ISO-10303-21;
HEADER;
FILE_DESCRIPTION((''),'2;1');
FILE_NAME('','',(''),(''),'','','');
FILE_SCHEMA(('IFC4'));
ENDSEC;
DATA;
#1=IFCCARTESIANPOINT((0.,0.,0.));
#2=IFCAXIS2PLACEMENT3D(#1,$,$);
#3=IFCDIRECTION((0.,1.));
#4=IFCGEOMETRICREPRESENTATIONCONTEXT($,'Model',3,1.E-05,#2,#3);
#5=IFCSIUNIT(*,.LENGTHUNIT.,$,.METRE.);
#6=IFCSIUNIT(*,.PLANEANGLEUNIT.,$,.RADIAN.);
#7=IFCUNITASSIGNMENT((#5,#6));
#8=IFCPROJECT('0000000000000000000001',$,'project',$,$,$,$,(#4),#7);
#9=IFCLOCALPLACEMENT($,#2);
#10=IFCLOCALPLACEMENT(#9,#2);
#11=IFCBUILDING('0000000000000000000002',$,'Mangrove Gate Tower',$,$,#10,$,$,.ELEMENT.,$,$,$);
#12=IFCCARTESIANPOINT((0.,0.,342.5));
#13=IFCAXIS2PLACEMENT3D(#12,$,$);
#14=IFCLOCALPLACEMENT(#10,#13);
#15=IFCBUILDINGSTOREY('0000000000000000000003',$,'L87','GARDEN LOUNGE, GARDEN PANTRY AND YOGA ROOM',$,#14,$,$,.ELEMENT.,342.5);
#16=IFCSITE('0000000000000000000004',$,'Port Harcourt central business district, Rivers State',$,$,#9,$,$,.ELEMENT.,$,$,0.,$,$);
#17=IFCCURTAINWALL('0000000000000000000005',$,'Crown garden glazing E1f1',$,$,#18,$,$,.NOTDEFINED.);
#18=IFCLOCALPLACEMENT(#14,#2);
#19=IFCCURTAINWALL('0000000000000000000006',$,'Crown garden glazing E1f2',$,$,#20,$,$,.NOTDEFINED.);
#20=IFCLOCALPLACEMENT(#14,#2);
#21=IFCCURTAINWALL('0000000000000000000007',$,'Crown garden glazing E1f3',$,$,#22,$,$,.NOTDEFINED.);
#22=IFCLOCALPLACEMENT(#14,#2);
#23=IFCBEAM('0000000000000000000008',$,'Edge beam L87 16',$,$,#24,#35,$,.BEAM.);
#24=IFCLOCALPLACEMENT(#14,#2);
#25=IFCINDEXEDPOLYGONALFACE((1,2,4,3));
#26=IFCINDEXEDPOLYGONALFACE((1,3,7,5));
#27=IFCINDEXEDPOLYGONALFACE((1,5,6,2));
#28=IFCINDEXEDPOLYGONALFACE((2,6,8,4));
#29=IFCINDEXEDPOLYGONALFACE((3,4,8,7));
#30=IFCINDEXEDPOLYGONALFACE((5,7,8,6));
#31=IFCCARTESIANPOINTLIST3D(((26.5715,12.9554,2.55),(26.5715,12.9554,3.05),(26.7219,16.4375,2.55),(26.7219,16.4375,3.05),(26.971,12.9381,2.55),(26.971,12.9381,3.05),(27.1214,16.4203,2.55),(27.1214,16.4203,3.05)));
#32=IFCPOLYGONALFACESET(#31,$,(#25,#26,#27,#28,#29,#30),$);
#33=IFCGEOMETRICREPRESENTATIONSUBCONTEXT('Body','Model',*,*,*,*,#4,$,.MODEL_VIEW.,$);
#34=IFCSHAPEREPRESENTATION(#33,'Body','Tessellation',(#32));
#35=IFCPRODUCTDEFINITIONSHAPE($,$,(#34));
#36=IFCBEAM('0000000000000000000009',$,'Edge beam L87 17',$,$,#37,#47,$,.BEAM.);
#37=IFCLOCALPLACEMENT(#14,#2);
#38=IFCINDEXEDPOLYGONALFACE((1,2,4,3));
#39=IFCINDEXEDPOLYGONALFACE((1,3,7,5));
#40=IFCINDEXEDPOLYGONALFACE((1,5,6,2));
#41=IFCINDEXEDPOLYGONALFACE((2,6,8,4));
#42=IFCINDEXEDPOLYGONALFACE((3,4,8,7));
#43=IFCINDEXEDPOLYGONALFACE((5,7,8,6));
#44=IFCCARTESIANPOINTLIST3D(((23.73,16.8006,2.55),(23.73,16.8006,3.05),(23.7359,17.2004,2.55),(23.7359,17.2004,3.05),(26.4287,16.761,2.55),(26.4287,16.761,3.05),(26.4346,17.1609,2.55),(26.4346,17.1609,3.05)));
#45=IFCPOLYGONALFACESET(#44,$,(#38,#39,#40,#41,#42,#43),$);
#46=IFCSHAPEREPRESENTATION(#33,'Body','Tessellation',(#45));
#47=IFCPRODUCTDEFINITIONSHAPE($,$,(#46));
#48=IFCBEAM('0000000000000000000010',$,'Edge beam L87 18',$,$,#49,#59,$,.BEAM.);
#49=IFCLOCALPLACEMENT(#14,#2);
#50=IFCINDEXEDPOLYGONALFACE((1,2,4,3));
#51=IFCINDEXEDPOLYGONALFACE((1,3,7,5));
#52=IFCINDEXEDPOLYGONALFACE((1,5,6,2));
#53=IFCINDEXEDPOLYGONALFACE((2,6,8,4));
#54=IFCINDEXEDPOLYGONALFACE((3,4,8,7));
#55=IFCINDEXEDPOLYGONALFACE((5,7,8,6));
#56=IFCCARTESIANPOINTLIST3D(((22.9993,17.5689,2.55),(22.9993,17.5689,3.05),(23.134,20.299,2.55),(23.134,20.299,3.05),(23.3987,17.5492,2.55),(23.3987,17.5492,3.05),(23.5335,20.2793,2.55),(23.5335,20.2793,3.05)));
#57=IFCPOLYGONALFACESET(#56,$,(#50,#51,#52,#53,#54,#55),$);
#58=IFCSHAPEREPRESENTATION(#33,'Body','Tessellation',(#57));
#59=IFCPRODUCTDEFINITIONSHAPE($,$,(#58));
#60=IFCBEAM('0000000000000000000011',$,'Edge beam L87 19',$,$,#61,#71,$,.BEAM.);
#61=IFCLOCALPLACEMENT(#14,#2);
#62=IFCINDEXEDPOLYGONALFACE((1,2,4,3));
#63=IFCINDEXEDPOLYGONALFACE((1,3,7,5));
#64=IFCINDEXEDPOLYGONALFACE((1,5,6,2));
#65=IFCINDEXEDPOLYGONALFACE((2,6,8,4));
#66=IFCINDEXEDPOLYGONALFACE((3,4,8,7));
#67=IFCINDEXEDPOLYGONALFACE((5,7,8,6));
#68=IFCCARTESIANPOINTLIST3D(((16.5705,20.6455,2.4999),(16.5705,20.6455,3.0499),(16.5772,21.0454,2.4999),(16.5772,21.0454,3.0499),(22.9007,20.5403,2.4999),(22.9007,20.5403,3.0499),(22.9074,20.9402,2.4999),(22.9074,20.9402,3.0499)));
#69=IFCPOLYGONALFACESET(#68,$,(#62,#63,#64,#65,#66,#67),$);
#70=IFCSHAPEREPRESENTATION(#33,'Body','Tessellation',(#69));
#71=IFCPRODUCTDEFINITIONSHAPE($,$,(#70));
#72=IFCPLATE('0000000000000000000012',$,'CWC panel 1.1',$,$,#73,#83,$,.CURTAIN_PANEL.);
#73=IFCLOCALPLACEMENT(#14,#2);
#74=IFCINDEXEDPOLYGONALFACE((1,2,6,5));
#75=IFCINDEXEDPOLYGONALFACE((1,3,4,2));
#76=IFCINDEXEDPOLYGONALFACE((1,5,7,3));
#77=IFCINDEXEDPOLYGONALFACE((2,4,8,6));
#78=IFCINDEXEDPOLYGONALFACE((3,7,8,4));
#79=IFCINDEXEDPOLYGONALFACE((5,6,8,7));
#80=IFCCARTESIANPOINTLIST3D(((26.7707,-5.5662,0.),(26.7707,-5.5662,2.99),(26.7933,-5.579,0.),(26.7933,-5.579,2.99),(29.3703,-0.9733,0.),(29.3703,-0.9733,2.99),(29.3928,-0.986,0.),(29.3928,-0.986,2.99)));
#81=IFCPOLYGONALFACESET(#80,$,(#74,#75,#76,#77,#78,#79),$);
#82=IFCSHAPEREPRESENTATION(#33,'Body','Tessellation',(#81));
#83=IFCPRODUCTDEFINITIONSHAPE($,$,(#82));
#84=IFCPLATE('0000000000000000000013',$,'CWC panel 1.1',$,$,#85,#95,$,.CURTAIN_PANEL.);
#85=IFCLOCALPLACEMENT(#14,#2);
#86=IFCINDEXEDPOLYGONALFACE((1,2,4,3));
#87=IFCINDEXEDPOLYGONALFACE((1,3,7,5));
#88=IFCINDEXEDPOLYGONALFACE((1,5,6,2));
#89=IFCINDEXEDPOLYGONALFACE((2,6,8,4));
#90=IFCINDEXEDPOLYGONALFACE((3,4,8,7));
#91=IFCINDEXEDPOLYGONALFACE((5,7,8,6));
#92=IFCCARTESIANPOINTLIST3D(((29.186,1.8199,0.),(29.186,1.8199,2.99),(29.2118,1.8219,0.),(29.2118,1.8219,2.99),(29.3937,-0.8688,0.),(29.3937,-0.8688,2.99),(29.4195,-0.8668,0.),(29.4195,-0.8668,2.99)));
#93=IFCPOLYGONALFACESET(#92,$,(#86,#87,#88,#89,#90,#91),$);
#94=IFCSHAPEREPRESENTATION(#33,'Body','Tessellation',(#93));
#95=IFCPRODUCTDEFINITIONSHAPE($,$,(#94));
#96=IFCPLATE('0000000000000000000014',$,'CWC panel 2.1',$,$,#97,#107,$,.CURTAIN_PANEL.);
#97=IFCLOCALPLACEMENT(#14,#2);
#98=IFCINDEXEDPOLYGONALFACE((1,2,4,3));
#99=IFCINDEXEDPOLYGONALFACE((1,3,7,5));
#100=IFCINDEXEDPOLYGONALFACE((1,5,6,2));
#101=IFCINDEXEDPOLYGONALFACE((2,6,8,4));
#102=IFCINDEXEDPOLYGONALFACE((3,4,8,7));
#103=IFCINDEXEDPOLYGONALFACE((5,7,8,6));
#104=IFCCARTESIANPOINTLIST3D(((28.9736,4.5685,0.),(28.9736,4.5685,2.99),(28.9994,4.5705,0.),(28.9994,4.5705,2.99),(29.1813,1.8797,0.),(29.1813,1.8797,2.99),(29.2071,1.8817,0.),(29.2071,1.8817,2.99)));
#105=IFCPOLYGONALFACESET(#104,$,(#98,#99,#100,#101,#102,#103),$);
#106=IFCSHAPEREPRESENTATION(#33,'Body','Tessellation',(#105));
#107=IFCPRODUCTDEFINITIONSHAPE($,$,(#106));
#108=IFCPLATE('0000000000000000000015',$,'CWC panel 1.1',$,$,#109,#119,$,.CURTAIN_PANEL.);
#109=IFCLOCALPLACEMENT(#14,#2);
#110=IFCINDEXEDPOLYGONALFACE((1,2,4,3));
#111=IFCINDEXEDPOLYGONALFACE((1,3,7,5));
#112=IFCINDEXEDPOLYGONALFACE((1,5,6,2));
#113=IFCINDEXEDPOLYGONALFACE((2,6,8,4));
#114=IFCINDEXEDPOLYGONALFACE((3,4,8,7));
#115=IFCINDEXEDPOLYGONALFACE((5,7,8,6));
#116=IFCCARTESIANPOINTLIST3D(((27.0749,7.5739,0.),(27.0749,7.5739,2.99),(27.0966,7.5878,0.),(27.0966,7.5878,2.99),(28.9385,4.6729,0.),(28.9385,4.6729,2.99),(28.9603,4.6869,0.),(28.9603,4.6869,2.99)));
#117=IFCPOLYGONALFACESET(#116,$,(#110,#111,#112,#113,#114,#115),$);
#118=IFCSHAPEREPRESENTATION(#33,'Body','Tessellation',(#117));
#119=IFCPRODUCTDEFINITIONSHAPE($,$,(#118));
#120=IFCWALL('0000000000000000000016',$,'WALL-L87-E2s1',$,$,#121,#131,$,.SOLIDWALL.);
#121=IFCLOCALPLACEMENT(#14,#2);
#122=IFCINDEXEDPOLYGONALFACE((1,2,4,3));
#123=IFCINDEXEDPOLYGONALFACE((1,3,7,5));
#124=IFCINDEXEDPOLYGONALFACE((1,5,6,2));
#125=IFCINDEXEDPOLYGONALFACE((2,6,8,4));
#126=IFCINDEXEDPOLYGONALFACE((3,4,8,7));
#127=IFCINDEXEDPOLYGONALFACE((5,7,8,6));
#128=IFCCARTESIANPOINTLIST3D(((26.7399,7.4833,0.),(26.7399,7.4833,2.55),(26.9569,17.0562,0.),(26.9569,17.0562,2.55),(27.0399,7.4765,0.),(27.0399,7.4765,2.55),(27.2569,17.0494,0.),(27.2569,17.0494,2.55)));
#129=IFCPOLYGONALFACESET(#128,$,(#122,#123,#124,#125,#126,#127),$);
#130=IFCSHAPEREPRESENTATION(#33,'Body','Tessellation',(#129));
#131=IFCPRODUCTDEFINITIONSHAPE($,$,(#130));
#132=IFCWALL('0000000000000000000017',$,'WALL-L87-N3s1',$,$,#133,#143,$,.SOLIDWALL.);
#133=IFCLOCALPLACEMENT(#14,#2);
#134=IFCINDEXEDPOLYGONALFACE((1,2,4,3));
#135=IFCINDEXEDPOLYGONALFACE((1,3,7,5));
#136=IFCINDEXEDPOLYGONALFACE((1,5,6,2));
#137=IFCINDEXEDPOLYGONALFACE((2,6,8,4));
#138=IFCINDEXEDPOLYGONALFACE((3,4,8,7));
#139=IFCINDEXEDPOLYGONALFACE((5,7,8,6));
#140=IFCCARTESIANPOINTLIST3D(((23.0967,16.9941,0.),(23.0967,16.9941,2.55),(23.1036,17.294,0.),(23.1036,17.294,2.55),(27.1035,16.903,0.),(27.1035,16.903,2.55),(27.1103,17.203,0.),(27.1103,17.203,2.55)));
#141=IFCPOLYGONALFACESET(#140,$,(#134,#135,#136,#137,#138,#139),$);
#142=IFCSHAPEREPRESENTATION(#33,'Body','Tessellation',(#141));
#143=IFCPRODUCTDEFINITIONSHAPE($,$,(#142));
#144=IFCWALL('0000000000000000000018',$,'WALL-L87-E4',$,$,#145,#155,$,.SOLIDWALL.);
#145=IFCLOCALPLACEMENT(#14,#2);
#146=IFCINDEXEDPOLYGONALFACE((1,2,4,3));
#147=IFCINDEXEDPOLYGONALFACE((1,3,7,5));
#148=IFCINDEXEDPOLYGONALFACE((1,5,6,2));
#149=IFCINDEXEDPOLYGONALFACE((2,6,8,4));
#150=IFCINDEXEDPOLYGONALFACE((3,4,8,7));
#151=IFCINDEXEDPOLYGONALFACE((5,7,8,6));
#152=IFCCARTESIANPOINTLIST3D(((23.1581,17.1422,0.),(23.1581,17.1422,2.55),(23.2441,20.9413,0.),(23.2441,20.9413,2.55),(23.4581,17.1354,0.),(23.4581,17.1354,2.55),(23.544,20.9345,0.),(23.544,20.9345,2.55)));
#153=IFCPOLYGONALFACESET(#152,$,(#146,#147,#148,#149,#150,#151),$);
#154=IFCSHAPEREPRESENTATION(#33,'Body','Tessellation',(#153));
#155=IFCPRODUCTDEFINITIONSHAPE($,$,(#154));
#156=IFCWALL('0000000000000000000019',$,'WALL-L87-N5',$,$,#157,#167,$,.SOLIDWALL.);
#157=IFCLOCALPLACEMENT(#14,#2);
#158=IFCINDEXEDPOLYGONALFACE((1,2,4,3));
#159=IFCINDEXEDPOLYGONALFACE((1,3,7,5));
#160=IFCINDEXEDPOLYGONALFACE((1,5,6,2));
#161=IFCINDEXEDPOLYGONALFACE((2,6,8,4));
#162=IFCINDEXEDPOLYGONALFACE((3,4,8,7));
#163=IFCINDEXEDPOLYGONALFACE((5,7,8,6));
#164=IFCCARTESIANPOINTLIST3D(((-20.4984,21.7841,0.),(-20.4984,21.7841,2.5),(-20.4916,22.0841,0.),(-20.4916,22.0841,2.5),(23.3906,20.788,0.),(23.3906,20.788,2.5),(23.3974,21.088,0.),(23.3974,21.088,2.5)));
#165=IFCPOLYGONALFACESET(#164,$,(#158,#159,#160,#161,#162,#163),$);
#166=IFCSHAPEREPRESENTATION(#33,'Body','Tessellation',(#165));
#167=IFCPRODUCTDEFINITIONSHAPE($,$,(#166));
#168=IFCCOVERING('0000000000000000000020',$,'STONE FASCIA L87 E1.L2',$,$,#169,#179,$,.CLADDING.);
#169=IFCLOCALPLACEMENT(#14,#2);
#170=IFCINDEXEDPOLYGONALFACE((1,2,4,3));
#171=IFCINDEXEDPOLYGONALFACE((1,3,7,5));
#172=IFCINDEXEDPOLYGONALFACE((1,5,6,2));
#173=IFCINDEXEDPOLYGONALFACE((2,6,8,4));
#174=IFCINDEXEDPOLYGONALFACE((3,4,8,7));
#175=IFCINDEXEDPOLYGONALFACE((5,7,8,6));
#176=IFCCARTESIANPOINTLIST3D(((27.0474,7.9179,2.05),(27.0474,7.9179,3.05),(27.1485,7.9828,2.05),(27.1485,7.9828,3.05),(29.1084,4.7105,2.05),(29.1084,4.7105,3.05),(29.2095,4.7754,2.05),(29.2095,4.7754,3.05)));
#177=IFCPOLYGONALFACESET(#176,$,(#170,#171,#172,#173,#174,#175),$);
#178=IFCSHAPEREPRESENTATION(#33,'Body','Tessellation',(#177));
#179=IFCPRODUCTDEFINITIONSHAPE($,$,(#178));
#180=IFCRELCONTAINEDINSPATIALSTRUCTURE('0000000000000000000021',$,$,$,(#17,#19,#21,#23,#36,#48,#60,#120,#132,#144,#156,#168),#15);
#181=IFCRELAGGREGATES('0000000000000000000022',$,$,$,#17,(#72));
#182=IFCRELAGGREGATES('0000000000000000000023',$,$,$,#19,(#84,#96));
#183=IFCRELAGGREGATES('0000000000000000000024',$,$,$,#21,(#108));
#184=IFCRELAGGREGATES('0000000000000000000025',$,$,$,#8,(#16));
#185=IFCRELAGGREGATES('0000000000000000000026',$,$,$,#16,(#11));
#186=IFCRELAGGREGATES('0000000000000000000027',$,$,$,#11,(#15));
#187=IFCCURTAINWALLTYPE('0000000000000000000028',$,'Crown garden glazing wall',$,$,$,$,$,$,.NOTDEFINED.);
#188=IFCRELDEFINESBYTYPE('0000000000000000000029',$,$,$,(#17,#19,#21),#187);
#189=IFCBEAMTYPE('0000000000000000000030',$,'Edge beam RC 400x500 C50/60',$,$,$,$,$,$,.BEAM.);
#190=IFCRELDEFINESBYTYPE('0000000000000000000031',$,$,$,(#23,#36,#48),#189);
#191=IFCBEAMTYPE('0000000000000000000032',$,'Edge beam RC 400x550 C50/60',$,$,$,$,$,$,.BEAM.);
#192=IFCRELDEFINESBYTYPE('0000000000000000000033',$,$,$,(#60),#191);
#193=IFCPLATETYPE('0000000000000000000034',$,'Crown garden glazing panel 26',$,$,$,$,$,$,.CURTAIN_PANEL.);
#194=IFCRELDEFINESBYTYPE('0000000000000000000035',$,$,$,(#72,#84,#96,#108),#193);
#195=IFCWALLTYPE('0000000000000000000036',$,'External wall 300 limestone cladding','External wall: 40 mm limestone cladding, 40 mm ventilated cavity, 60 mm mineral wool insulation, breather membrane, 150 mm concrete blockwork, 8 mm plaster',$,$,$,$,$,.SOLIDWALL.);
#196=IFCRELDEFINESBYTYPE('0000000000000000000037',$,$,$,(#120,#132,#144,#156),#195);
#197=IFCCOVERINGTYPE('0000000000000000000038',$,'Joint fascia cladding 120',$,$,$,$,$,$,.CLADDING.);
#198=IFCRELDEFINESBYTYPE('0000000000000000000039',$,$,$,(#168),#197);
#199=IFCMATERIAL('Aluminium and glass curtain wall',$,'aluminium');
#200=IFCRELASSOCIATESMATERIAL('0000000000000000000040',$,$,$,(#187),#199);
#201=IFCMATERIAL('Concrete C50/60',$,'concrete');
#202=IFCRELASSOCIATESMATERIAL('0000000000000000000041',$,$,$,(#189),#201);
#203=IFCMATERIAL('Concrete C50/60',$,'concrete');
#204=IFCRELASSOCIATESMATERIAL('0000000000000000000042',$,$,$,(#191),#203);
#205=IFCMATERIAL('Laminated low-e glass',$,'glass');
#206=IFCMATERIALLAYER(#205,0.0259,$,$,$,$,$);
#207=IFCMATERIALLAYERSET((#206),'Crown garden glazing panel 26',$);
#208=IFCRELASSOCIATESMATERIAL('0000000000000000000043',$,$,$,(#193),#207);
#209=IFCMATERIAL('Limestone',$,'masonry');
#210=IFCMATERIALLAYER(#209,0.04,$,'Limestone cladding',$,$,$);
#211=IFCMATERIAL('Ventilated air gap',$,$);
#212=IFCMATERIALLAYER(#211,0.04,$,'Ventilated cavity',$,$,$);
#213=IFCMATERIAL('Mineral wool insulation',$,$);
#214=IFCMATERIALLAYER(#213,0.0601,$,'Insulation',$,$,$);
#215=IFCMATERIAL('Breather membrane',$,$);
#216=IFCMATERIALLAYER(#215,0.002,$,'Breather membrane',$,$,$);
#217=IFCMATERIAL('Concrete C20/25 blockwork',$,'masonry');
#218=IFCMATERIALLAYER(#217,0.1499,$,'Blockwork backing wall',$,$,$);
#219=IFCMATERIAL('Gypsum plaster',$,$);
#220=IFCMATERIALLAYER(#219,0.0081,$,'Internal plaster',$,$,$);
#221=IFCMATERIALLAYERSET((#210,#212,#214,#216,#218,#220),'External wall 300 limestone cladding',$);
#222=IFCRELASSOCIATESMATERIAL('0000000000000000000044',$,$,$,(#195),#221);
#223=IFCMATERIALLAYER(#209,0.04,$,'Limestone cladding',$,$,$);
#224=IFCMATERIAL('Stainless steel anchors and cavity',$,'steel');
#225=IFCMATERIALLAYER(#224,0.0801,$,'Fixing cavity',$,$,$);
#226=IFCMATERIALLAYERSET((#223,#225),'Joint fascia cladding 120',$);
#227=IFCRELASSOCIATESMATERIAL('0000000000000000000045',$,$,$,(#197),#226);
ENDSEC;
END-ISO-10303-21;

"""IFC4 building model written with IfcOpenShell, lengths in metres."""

from ifc_helpers import new_model, si_unit, direction, frame, frame_2d, origin, origin_2d, place, context, subcontext, project, spatial, rectangle, extrude, material, layer, layer_set, material_profile, profile_set, type_object, element, aggregate, save


model = new_model("IFC4")

# Units and contexts
model_context = context("Model", 3, precision=1e-05, world=origin(), true_north=direction((0.0, 1.0)))
body_context = subcontext(model_context, "Body", "Model", "MODEL_VIEW")
ifc_project = project(units=[si_unit("LENGTHUNIT", "METRE"), si_unit("PLANEANGLEUNIT", "RADIAN")], contexts=[model_context])

# Site, building, storey
site_placement = place(None, origin())
site = spatial("IfcSite", under=ifc_project, at=site_placement, Name="Port Harcourt central business district, Rivers State", CompositionType="ELEMENT", RefElevation=0.0)
building_placement = place(site_placement, origin())
building = spatial("IfcBuilding", under=site, at=building_placement, Name="Mangrove Gate Tower", CompositionType="ELEMENT")
storey_placement = place(building_placement, frame((0.0, 0.0, 342.5)))
storey = spatial("IfcBuildingStorey", under=building, at=storey_placement, Name="L87", Description="GARDEN LOUNGE, GARDEN PANTRY AND YOGA ROOM", CompositionType="ELEMENT", Elevation=342.5)

# Curtain wall
ifc_material_1 = material(Name="Aluminium and glass curtain wall", Category="aluminium")
curtain_wall_type = type_object("IfcCurtainWallType", Name="Crown garden glazing wall", PredefinedType="NOTDEFINED", material=ifc_material_1)
curtain_wall_1_placement = place(storey_placement, origin())
curtain_wall_1 = element("IfcCurtainWall", 1, at=curtain_wall_1_placement, inside=storey, type_object=curtain_wall_type, Name="Crown garden glazing E1f1", PredefinedType="NOTDEFINED")

# Curtain walls
curtain_wall_2_placement = place(storey_placement, origin())
curtain_wall_2 = element("IfcCurtainWall", 2, at=curtain_wall_2_placement, inside=storey, type_object=curtain_wall_type, Name="Crown garden glazing E1f2", PredefinedType="NOTDEFINED")
curtain_wall_3_placement = place(storey_placement, origin())
curtain_wall_3 = element("IfcCurtainWall", 3, at=curtain_wall_3_placement, inside=storey, type_object=curtain_wall_type, Name="Crown garden glazing E1f3", PredefinedType="NOTDEFINED")

# Beams
ifc_material_2 = material(Name="Concrete C50/60", Category="concrete")
ifc_material_profile_1 = material_profile(ifc_material_2, rectangle(XDim=0.3999, YDim=0.5, at=origin_2d()))
ifc_profile_set_1 = profile_set([ifc_material_profile_1], Name="Concrete C50/60")
beam_type_1 = type_object("IfcBeamType", Name="Edge beam RC 400x500 C50/60", PredefinedType="BEAM", material=ifc_profile_set_1)
beam_1_placement = place(storey_placement, frame((26.7712, 12.9468, 2.8), z_axis=(0.043148, 0.999069, 0.0), x_axis=(-0.999069, 0.043148, 0.0)))
element("IfcBeam", 4, at=beam_1_placement, inside=storey, type_object=beam_type_1, Name="Edge beam L87 16", PredefinedType="BEAM", context=body_context, shape_type="SweptSolid", body=[
    extrude(rectangle(XDim=0.3999, YDim=0.5, at=origin_2d()), origin(), (0.0, 0.0, 1.0), 3.4854),
])
beam_2_placement = place(storey_placement, frame((26.4316, 16.9609, 2.8), z_axis=(-0.999893, 0.014654, 0.0), x_axis=(-0.014654, -0.999893, 0.0)))
element("IfcBeam", 5, at=beam_2_placement, inside=storey, type_object=beam_type_1, Name="Edge beam L87 17", PredefinedType="BEAM", context=body_context, shape_type="SweptSolid", body=[
    extrude(rectangle(XDim=0.3999, YDim=0.5, at=origin_2d()), origin(), (0.0, 0.0, 1.0), 2.699),
])
beam_3_placement = place(storey_placement, frame((23.199, 17.5591, 2.8), z_axis=(0.049305, 0.998784, 0.0), x_axis=(-0.998784, 0.049305, 0.0)))
element("IfcBeam", 6, at=beam_3_placement, inside=storey, type_object=beam_type_1, Name="Edge beam L87 18", PredefinedType="BEAM", context=body_context, shape_type="SweptSolid", body=[
    extrude(rectangle(XDim=0.3999, YDim=0.5, at=origin_2d()), origin(), (0.0, 0.0, 1.0), 2.7334),
])
ifc_material_3 = material(Name="Concrete C50/60", Category="concrete")
ifc_material_profile_2 = material_profile(ifc_material_3, rectangle(XDim=0.3999, YDim=0.55, at=origin_2d()))
ifc_profile_set_2 = profile_set([ifc_material_profile_2], Name="Concrete C50/60")
beam_type_2 = type_object("IfcBeamType", Name="Edge beam RC 400x550 C50/60", PredefinedType="BEAM", material=ifc_profile_set_2)
beam_4_placement = place(storey_placement, frame((22.9041, 20.7402, 2.7749), z_axis=(-0.999862, 0.016621, 0.0), x_axis=(-0.016621, -0.999862, 0.0)))
element("IfcBeam", 7, at=beam_4_placement, inside=storey, type_object=beam_type_2, Name="Edge beam L87 19", PredefinedType="BEAM", context=body_context, shape_type="SweptSolid", body=[
    extrude(rectangle(XDim=0.3999, YDim=0.55, at=origin_2d()), origin(), (0.0, 0.0, 1.0), 6.3311),
])

# Plates
ifc_material_4 = material(Name="Laminated low-e glass", Category="glass")
ifc_layer_1 = layer(ifc_material_4, 0.0259)
ifc_layer_set_1 = layer_set([ifc_layer_1], Name="Crown garden glazing panel 26")
plate_type = type_object("IfcPlateType", Name="Crown garden glazing panel 26", PredefinedType="CURTAIN_PANEL", material=ifc_layer_set_1)
plate_1_placement = place(storey_placement, frame((28.0818, -3.2761, 0.0), z_axis=(0.0, 0.0, 1.0), x_axis=(0.492566, 0.870275, 0.0)))
plate_1 = element("IfcPlate", 8, at=plate_1_placement, type_object=plate_type, Name="CWC panel 1.1", PredefinedType="CURTAIN_PANEL", context=body_context, shape_type="SweptSolid", body=[
    extrude(rectangle(XDim=5.2776, YDim=0.0259, at=origin_2d()), origin(), (0.0, 0.0, 1.0), 2.99),
])
aggregate(curtain_wall_1, [plate_1])
plate_2_placement = place(storey_placement, frame((29.3027, 0.4766, 0.0), z_axis=(0.0, 0.0, 1.0), x_axis=(-0.077023, 0.997029, 0.0)))
plate_2 = element("IfcPlate", 9, at=plate_2_placement, type_object=plate_type, Name="CWC panel 1.1", PredefinedType="CURTAIN_PANEL", context=body_context, shape_type="SweptSolid", body=[
    extrude(rectangle(XDim=2.6968, YDim=0.0259, at=origin_2d()), origin(), (0.0, 0.0, 1.0), 2.99),
])
plate_3_placement = place(storey_placement, frame((29.0903, 3.2251, 0.0), z_axis=(0.0, 0.0, 1.0), x_axis=(-0.077023, 0.997029, 0.0)))
plate_3 = element("IfcPlate", 10, at=plate_3_placement, type_object=plate_type, Name="CWC panel 2.1", PredefinedType="CURTAIN_PANEL", context=body_context, shape_type="SweptSolid", body=[
    extrude(rectangle(XDim=2.6968, YDim=0.0259, at=origin_2d()), origin(), (0.0, 0.0, 1.0), 2.99),
])
aggregate(curtain_wall_2, [plate_2, plate_3])
plate_4_placement = place(storey_placement, frame((28.0176, 6.1304, 0.0), z_axis=(0.0, 0.0, 1.0), x_axis=(-0.540496, 0.841347, 0.0)))
plate_4 = element("IfcPlate", 11, at=plate_4_placement, type_object=plate_type, Name="CWC panel 1.1", PredefinedType="CURTAIN_PANEL", context=body_context, shape_type="SweptSolid", body=[
    extrude(rectangle(XDim=3.448, YDim=0.0259, at=origin_2d()), origin(), (0.0, 0.0, 1.0), 2.99),
])
aggregate(curtain_wall_3, [plate_4])

# Walls
ifc_material_5 = material(Name="Limestone", Category="masonry")
ifc_layer_2 = layer(ifc_material_5, 0.04, Name="Limestone cladding")
ifc_material_6 = material(Name="Ventilated air gap")
ifc_layer_3 = layer(ifc_material_6, 0.04, Name="Ventilated cavity")
ifc_material_7 = material(Name="Mineral wool insulation")
ifc_layer_4 = layer(ifc_material_7, 0.0601, Name="Insulation")
ifc_material_8 = material(Name="Breather membrane")
ifc_layer_5 = layer(ifc_material_8, 0.002, Name="Breather membrane")
ifc_material_9 = material(Name="Concrete C20/25 blockwork", Category="masonry")
ifc_layer_6 = layer(ifc_material_9, 0.1499, Name="Blockwork backing wall")
ifc_material_10 = material(Name="Gypsum plaster")
ifc_layer_7 = layer(ifc_material_10, 0.0081, Name="Internal plaster")
ifc_layer_set_2 = layer_set([ifc_layer_2, ifc_layer_3, ifc_layer_4, ifc_layer_5, ifc_layer_6, ifc_layer_7], Name="External wall 300 limestone cladding")
wall_type = type_object("IfcWallType", Name="External wall 300 limestone cladding", Description="External wall: 40 mm limestone cladding, 40 mm ventilated cavity, 60 mm mineral wool insulation, breather membrane, 150 mm concrete blockwork, 8 mm plaster", PredefinedType="SOLIDWALL", material=ifc_layer_set_2)
wall_1_placement = place(storey_placement, frame((26.8899, 7.48, 0.0), z_axis=(0.0, 0.0, 1.0), x_axis=(0.022666, 0.999743, 0.0)))
element("IfcWall", 12, at=wall_1_placement, inside=storey, type_object=wall_type, Name="WALL-L87-E2s1", PredefinedType="SOLIDWALL", context=body_context, shape_type="SweptSolid", body=[
    extrude(rectangle(XDim=9.5754, YDim=0.3, at=frame_2d((4.7876, 0.0))), origin(), (0.0, 0.0, 1.0), 2.55),
])
wall_2_placement = place(storey_placement, frame((27.1069, 17.053, 0.0), z_axis=(0.0, 0.0, 1.0), x_axis=(-0.999742, 0.022721, 0.0)))
element("IfcWall", 13, at=wall_2_placement, inside=storey, type_object=wall_type, Name="WALL-L87-N3s1", PredefinedType="SOLIDWALL", context=body_context, shape_type="SweptSolid", body=[
    extrude(rectangle(XDim=4.0078, YDim=0.3, at=frame_2d((2.0039, 0.0))), origin(), (0.0, 0.0, 1.0), 2.55),
])
wall_3_placement = place(storey_placement, frame((23.3081, 17.1389, 0.0), z_axis=(0.0, 0.0, 1.0), x_axis=(0.022615, 0.999744, 0.0)))
element("IfcWall", 14, at=wall_3_placement, inside=storey, type_object=wall_type, Name="WALL-L87-E4", PredefinedType="SOLIDWALL", context=body_context, shape_type="SweptSolid", body=[
    extrude(rectangle(XDim=3.8, YDim=0.3, at=frame_2d((1.8999, 0.0))), origin(), (0.0, 0.0, 1.0), 2.55),
])
wall_4_placement = place(storey_placement, frame((23.394, 20.938, 0.0), z_axis=(0.0, 0.0, 1.0), x_axis=(-0.999743, 0.02269, 0.0)))
element("IfcWall", 15, at=wall_4_placement, inside=storey, type_object=wall_type, Name="WALL-L87-N5", PredefinedType="SOLIDWALL", context=body_context, shape_type="SweptSolid", body=[
    extrude(rectangle(XDim=43.9004, YDim=0.3, at=frame_2d((21.9502, 0.0))), origin(), (0.0, 0.0, 1.0), 2.5),
])

# Covering
ifc_layer_8 = layer(ifc_material_5, 0.04, Name="Limestone cladding")
ifc_material_11 = material(Name="Stainless steel anchors and cavity", Category="steel")
ifc_layer_9 = layer(ifc_material_11, 0.0801, Name="Fixing cavity")
ifc_layer_set_3 = layer_set([ifc_layer_8, ifc_layer_9], Name="Joint fascia cladding 120")
covering_type = type_object("IfcCoveringType", Name="Joint fascia cladding 120", PredefinedType="CLADDING", material=ifc_layer_set_3)
covering_placement = place(storey_placement, frame((29.1589, 4.7429, 2.05), z_axis=(0.0, 0.0, 1.0), x_axis=(-0.540583, 0.841291, 0.0)))
element("IfcCovering", 16, at=covering_placement, inside=storey, type_object=covering_type, Name="STONE FASCIA L87 E1.L2", PredefinedType="CLADDING", context=body_context, shape_type="SweptSolid", body=[
    extrude(rectangle(XDim=3.8125, YDim=0.1201, at=frame_2d((1.9062, 0.0))), origin(), (0.0, 0.0, 1.0), 1.0),
])

save(model, "model.ifc")
